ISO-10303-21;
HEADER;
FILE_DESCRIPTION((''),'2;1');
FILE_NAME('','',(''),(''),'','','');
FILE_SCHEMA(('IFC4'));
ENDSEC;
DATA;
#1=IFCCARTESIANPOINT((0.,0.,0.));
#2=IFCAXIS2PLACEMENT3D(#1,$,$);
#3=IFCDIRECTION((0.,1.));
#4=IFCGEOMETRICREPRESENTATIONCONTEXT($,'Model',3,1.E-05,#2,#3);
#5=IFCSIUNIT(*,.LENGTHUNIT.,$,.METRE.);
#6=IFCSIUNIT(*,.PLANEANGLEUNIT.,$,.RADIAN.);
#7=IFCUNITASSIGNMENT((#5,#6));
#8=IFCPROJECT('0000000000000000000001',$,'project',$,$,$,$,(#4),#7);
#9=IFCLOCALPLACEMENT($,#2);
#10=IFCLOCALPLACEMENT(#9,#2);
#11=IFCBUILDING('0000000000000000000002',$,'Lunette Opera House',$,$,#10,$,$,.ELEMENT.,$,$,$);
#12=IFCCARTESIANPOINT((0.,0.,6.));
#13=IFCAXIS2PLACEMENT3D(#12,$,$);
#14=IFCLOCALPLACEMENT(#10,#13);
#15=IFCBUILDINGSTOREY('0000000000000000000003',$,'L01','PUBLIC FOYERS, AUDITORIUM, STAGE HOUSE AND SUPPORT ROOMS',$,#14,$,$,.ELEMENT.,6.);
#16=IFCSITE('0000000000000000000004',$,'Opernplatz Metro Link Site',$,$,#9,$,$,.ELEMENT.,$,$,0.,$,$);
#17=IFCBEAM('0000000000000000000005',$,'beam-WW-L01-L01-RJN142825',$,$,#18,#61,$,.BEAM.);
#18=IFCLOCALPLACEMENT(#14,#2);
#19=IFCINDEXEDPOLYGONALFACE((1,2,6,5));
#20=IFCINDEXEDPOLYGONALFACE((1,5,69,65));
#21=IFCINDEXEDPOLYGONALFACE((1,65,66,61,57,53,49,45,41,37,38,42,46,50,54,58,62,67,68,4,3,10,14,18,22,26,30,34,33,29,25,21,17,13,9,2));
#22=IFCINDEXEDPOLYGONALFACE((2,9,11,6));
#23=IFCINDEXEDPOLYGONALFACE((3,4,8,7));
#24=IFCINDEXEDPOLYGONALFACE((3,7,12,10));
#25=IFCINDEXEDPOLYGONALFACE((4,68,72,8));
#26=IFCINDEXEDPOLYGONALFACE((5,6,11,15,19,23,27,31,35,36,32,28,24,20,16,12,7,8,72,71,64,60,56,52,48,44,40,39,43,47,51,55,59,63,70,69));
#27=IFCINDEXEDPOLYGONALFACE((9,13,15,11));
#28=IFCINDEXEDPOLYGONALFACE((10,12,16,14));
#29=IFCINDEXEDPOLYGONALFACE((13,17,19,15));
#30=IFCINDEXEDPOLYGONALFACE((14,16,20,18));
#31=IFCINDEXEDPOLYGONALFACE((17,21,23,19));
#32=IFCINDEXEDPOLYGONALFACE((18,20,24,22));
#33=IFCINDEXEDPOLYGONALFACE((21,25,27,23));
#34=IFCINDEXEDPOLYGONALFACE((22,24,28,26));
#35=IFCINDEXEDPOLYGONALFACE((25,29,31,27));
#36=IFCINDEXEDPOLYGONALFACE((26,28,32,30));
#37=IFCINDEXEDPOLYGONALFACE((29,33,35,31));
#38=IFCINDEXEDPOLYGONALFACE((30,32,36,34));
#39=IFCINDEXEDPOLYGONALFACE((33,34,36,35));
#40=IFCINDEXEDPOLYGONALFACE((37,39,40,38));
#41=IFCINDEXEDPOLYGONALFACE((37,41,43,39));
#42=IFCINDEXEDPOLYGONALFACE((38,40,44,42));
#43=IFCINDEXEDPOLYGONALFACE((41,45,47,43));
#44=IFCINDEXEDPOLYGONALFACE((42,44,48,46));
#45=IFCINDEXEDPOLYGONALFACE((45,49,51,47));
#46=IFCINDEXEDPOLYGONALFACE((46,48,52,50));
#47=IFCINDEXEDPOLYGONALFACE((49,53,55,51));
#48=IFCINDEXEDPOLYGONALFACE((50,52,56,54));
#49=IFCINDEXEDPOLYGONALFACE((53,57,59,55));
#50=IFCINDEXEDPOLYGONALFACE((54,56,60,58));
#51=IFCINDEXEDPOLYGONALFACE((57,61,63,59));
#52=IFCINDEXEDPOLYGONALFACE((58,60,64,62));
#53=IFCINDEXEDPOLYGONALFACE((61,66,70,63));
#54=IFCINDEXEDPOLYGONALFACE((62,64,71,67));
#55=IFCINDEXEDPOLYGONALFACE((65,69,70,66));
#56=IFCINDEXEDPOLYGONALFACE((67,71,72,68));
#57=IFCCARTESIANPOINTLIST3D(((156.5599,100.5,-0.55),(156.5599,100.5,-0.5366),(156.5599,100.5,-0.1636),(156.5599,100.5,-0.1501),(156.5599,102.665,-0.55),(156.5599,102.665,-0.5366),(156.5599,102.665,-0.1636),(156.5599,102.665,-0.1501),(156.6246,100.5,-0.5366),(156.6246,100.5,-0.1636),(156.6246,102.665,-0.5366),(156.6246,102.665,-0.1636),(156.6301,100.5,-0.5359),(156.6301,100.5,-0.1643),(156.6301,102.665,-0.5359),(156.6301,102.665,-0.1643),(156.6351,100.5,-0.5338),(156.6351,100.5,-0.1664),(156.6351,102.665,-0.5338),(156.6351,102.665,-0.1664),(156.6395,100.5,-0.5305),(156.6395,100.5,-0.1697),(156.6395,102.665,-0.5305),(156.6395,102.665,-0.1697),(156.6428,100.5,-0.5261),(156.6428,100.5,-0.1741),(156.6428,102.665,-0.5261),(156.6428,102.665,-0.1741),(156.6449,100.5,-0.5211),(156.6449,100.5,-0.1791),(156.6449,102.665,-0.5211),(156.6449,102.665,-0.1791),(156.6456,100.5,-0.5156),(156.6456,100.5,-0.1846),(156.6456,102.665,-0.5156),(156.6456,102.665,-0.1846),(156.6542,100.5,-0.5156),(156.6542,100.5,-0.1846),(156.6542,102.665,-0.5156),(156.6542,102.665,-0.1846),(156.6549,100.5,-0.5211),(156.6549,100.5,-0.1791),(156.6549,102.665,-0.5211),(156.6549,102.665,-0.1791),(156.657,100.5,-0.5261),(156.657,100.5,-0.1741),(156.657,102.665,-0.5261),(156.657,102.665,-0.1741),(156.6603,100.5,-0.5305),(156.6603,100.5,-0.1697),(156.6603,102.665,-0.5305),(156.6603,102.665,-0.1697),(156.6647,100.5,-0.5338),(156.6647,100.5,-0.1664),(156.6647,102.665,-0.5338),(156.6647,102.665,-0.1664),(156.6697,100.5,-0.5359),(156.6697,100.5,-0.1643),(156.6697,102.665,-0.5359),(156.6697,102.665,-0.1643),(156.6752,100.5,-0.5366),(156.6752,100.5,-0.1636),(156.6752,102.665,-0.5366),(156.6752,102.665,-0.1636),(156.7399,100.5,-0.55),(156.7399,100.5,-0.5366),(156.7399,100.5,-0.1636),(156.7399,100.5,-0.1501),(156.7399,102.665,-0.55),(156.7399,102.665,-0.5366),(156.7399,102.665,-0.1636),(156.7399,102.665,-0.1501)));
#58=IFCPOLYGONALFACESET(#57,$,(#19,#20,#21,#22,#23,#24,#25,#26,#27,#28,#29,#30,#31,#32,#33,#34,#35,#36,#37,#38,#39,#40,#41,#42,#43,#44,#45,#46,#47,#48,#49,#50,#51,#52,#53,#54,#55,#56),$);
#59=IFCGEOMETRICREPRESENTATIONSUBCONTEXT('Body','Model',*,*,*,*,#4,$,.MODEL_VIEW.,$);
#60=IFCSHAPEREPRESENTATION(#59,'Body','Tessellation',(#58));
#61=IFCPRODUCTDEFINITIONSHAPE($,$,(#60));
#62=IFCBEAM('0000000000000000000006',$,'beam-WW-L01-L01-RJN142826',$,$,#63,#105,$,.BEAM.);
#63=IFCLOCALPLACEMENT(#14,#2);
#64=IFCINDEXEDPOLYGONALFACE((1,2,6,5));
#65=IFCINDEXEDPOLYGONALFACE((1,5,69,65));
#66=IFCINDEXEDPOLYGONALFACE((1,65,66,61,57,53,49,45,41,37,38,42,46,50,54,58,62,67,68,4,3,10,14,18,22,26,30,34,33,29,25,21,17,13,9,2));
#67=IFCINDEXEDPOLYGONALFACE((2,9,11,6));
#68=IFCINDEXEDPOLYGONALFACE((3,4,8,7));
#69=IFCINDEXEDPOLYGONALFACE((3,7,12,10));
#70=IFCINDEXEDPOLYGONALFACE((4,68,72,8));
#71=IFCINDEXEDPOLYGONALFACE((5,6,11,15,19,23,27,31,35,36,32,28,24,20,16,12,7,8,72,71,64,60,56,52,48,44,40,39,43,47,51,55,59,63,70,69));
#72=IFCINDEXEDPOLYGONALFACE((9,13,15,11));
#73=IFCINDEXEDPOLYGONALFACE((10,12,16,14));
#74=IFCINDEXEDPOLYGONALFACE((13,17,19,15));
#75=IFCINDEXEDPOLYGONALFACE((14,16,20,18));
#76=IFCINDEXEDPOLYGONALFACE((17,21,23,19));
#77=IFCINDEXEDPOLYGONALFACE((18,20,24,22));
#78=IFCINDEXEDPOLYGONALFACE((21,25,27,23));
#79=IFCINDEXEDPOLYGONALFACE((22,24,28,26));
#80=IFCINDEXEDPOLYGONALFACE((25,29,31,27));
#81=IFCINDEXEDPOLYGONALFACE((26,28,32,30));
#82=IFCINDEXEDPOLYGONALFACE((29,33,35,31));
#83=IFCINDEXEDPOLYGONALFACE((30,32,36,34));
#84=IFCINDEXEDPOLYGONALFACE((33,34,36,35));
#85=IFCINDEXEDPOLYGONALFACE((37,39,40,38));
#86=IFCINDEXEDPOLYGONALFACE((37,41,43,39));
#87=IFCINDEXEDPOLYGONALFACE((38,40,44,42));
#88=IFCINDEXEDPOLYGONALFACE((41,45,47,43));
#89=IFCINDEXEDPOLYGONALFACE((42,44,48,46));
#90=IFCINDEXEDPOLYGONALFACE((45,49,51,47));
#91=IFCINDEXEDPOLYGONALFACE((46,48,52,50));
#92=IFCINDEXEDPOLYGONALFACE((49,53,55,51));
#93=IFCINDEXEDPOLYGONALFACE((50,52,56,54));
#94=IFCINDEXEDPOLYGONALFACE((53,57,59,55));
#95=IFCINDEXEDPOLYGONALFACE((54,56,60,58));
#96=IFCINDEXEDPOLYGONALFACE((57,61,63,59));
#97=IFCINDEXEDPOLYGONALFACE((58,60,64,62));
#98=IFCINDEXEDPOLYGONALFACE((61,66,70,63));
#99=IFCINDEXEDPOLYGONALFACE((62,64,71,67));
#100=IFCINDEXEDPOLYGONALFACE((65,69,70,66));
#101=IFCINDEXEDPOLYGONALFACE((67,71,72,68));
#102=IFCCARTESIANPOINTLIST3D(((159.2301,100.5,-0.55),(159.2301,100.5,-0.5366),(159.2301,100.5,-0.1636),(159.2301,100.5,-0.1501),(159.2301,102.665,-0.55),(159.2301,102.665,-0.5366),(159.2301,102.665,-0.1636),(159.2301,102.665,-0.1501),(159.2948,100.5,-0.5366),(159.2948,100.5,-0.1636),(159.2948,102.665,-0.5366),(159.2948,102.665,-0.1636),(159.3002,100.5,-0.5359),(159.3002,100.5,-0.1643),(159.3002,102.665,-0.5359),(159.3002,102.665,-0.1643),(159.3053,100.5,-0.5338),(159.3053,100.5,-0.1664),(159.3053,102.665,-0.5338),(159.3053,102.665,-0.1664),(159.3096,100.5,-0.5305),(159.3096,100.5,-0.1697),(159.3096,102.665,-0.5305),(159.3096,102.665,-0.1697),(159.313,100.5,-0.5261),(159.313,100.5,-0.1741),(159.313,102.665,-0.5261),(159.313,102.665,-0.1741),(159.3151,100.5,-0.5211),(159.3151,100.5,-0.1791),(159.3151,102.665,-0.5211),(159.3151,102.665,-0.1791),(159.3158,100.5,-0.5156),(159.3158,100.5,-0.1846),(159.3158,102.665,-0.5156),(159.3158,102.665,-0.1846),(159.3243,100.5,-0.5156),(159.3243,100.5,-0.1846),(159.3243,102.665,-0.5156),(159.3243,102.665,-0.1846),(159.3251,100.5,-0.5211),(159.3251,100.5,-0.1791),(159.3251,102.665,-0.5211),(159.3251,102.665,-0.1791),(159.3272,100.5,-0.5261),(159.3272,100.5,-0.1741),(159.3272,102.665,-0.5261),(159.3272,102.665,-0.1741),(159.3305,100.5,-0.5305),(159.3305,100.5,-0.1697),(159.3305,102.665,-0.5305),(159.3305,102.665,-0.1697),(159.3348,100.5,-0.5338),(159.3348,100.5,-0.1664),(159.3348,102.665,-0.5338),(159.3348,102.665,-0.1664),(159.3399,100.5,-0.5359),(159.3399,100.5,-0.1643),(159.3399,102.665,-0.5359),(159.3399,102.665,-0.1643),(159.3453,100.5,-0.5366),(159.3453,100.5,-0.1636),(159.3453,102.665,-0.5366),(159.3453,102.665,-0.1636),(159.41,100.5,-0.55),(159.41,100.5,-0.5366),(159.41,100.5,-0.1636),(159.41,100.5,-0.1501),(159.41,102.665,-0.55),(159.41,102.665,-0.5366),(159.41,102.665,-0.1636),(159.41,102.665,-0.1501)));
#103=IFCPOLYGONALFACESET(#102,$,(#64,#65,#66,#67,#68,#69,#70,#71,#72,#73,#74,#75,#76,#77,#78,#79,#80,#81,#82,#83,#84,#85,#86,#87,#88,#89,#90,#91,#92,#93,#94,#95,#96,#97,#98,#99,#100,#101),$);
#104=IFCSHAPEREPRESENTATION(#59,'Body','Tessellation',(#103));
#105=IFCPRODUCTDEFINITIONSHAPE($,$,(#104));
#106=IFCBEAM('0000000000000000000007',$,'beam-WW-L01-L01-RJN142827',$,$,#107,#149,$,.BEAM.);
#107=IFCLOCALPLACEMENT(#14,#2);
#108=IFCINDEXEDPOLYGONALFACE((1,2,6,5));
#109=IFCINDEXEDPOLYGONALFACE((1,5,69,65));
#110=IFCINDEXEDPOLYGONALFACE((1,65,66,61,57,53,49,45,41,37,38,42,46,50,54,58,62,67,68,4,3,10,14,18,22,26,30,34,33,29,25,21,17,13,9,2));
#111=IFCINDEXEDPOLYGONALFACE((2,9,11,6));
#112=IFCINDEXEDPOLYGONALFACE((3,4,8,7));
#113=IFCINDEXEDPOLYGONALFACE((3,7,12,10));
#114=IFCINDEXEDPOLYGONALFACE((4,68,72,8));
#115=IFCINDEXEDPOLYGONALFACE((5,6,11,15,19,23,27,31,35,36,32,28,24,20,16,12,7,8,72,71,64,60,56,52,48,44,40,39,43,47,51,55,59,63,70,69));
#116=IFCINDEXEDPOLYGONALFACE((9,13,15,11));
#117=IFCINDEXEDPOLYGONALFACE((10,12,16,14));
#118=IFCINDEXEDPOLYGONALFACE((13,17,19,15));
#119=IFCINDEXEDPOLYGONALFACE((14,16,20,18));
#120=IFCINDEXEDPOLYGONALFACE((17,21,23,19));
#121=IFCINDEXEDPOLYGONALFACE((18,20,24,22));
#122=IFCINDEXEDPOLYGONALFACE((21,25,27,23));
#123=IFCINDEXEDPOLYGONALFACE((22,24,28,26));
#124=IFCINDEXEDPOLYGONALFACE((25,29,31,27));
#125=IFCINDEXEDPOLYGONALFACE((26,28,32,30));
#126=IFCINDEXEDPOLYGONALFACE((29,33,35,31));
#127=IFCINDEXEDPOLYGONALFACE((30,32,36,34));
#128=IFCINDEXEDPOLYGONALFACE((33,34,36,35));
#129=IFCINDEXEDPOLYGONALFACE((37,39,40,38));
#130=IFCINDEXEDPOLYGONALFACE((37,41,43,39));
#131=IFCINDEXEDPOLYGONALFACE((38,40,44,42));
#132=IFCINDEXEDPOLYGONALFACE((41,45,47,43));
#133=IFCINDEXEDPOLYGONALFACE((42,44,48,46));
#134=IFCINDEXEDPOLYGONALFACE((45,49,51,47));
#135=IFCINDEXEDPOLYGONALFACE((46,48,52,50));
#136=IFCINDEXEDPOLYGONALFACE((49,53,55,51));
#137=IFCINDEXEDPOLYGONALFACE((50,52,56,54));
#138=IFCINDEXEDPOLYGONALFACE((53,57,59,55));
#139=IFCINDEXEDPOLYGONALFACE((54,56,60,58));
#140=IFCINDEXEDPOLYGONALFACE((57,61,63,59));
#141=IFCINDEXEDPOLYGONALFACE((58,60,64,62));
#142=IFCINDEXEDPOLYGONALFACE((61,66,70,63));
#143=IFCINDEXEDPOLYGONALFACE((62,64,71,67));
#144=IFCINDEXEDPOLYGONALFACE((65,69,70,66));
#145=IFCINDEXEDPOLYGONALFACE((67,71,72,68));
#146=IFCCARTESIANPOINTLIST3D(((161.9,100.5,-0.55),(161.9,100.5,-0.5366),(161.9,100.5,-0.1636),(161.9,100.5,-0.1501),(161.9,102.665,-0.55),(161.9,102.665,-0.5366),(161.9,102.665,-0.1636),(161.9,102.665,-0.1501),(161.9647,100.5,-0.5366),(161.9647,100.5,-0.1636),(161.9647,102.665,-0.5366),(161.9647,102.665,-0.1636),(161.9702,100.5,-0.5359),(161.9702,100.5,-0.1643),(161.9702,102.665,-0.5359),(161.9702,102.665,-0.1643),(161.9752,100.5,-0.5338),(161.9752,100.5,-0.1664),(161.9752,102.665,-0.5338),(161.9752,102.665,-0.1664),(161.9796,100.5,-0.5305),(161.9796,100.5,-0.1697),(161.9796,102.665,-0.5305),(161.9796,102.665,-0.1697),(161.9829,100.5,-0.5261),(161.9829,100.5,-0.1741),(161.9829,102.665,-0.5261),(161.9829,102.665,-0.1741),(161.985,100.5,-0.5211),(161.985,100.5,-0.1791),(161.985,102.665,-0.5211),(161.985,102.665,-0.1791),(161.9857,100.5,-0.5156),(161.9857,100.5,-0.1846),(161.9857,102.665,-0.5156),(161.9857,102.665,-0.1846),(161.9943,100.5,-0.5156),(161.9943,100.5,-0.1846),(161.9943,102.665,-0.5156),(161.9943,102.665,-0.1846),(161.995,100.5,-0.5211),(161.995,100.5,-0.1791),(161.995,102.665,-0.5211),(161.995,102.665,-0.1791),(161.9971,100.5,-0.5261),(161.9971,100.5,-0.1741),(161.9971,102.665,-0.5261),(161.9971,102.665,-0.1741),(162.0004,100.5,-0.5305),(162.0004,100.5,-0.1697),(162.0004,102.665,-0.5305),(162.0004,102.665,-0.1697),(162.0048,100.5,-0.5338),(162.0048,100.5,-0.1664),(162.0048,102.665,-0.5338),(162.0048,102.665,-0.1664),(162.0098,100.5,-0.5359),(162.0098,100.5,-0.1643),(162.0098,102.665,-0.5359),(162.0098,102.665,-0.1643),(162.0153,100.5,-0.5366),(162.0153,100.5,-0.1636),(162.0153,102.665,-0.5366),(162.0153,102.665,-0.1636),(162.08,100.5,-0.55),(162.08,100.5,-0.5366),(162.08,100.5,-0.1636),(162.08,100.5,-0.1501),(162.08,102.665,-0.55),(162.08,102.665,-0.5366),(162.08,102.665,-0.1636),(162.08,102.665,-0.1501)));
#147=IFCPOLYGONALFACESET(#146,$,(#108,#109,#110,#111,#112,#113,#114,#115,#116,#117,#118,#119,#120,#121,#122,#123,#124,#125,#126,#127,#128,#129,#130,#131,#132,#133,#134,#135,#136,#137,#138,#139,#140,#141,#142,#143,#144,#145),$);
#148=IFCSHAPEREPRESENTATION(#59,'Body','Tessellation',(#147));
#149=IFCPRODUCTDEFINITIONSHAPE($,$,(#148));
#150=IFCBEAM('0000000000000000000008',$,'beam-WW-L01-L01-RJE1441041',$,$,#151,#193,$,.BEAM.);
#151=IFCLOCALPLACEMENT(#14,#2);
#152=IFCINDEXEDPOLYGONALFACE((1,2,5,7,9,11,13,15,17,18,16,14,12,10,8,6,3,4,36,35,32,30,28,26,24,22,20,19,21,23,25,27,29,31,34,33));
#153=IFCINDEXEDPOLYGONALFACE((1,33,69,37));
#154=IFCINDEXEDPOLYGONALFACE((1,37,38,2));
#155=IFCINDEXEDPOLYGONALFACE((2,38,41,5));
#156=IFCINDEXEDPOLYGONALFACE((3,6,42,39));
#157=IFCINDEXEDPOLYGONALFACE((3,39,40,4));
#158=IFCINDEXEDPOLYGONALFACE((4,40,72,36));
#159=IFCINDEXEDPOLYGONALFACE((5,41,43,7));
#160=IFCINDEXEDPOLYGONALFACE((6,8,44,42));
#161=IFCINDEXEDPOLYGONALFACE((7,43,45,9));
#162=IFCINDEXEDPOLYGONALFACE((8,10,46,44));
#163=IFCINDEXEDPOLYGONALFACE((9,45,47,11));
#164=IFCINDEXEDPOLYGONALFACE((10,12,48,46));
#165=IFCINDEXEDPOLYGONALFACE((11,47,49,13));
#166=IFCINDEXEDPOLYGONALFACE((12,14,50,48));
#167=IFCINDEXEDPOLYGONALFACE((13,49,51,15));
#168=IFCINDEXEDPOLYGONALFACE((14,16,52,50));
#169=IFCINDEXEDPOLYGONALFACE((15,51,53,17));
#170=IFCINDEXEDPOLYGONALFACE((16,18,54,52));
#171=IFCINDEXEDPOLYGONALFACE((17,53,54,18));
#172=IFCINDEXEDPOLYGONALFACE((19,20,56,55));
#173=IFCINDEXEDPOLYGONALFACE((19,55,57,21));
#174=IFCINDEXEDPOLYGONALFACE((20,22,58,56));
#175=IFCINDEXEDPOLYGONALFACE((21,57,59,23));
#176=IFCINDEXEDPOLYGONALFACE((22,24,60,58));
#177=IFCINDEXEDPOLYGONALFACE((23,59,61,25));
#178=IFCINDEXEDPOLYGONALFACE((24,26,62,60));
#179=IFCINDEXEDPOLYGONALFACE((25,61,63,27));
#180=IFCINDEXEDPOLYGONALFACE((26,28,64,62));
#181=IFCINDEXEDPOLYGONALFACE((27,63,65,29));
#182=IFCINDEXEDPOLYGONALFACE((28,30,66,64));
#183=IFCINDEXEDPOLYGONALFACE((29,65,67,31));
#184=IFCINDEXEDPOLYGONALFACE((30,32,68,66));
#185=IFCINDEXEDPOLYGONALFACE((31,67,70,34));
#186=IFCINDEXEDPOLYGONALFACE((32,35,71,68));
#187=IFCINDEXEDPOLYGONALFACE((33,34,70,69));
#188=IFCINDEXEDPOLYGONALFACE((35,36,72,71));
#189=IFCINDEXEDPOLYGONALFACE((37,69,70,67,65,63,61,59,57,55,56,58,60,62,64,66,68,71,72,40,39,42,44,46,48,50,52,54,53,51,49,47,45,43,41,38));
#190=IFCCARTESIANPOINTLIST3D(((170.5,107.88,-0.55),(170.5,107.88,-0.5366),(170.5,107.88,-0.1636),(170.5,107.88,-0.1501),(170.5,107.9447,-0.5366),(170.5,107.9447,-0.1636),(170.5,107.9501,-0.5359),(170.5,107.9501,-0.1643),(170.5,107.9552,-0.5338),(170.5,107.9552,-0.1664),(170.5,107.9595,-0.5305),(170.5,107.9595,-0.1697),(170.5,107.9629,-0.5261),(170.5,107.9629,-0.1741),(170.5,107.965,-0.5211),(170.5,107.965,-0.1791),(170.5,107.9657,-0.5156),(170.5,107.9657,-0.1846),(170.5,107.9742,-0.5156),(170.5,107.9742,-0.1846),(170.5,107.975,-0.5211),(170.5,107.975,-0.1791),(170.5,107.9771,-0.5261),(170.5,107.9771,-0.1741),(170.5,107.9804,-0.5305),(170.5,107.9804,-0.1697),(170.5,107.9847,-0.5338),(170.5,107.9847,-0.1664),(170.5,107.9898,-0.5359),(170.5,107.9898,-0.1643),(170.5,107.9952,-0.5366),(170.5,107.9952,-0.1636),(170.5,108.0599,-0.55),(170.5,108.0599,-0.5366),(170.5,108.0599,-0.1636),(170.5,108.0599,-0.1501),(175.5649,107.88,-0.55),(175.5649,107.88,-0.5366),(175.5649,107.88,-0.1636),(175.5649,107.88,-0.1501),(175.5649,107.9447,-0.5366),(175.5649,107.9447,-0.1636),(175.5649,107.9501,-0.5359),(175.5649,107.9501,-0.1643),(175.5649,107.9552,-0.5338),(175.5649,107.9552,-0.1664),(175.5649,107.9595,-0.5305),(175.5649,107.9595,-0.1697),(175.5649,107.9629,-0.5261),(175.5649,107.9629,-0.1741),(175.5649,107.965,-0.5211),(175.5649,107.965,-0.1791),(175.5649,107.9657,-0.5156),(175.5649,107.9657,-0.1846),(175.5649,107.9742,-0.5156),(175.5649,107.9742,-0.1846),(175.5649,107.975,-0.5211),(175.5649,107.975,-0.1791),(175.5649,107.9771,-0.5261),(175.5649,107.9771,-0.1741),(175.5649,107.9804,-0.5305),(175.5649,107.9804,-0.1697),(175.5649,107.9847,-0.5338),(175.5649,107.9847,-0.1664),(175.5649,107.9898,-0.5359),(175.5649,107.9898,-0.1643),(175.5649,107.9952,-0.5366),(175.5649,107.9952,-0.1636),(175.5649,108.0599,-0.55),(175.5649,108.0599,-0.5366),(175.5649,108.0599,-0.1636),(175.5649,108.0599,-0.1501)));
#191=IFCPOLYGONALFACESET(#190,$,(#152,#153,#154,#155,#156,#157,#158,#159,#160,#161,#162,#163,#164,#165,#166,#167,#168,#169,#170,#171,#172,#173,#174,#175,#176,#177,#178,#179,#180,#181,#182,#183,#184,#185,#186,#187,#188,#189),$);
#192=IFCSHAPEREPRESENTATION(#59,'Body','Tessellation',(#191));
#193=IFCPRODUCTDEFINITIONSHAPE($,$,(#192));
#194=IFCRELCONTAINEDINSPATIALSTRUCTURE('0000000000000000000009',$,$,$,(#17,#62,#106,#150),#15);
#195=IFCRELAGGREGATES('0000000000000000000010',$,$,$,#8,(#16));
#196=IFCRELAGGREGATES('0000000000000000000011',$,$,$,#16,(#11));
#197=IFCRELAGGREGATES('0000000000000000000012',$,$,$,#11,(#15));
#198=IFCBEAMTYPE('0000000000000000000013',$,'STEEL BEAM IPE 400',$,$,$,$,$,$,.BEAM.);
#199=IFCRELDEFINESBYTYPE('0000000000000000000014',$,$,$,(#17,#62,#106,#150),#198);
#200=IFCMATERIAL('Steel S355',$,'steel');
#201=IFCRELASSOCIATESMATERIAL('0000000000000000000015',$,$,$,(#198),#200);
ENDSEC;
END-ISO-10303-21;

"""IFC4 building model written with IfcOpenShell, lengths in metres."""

from ifc_helpers import new_model, si_unit, direction, frame, origin, origin_2d, place, context, subcontext, project, spatial, i_section, extrude, material, material_profile, profile_set, type_object, element, save


model = new_model("IFC4")

# Units and contexts
model_context = context("Model", 3, precision=1e-05, world=origin(), true_north=direction((0.0, 1.0)))
body_context = subcontext(model_context, "Body", "Model", "MODEL_VIEW")
ifc_project = project(units=[si_unit("LENGTHUNIT", "METRE"), si_unit("PLANEANGLEUNIT", "RADIAN")], contexts=[model_context])

# Site, building, storey
site_placement = place(None, origin())
site = spatial("IfcSite", under=ifc_project, at=site_placement, Name="Opernplatz Metro Link Site", CompositionType="ELEMENT", RefElevation=0.0)
building_placement = place(site_placement, origin())
building = spatial("IfcBuilding", under=site, at=building_placement, Name="Lunette Opera House", CompositionType="ELEMENT")
storey_placement = place(building_placement, frame((0.0, 0.0, 6.0)))
storey = spatial("IfcBuildingStorey", under=building, at=storey_placement, Name="L01", Description="PUBLIC FOYERS, AUDITORIUM, STAGE HOUSE AND SUPPORT ROOMS", CompositionType="ELEMENT", Elevation=6.0)

# Beams
ifc_material_1 = material(Name="Steel S355", Category="steel")
ifc_material_profile_1 = material_profile(ifc_material_1, i_section(OverallWidth=0.1799, OverallDepth=0.3999, WebThickness=0.0085, FlangeThickness=0.0134, FilletRadius=0.021, at=origin_2d()), Name="IPE 400")
ifc_profile_set_1 = profile_set([ifc_material_profile_1], Name="Steel S355")
beam_type_1 = type_object("IfcBeamType", Name="STEEL BEAM IPE 400", PredefinedType="BEAM", material=ifc_profile_set_1)
for number, where, z_axis, x_axis, name in (
    (1, (156.6499, 100.5, -0.3501), (0.0, 1.0, 0.0), (-1.0, 0.0, 0.0), "beam-WW-L01-L01-RJN142825"),
    (2, (159.3201, 100.5, -0.3501), (0.0, 1.0, 0.0), (-1.0, 0.0, 0.0), "beam-WW-L01-L01-RJN142826"),
    (3, (161.99, 100.5, -0.3501), (0.0, 1.0, 0.0), (-1.0, 0.0, 0.0), "beam-WW-L01-L01-RJN142827"),
):
    element("IfcBeam", number, at=place(storey_placement, frame(where, z_axis=z_axis, x_axis=x_axis)), inside=storey, type_object=beam_type_1, Name=name, PredefinedType="BEAM", context=body_context, shape_type="SweptSolid", body=[
        extrude(i_section(OverallWidth=0.1799, OverallDepth=0.3999, WebThickness=0.0085, FlangeThickness=0.0134, FilletRadius=0.021, at=origin_2d()), origin(), (0.0, 0.0, 1.0), 2.165),
    ])
for number, where, z_axis, x_axis, name in (
    (4, (170.5, 107.97, -0.3501), (1.0, 0.0, 0.0), (0.0, 1.0, 0.0), "beam-WW-L01-L01-RJE1441041"),
):
    element("IfcBeam", number, at=place(storey_placement, frame(where, z_axis=z_axis, x_axis=x_axis)), inside=storey, type_object=beam_type_1, Name=name, PredefinedType="BEAM", context=body_context, shape_type="SweptSolid", body=[
        extrude(i_section(OverallWidth=0.1799, OverallDepth=0.3999, WebThickness=0.0085, FlangeThickness=0.0134, FilletRadius=0.021, at=origin_2d()), origin(), (0.0, 0.0, 1.0), 5.0649),
    ])

save(model, "model.ifc")
